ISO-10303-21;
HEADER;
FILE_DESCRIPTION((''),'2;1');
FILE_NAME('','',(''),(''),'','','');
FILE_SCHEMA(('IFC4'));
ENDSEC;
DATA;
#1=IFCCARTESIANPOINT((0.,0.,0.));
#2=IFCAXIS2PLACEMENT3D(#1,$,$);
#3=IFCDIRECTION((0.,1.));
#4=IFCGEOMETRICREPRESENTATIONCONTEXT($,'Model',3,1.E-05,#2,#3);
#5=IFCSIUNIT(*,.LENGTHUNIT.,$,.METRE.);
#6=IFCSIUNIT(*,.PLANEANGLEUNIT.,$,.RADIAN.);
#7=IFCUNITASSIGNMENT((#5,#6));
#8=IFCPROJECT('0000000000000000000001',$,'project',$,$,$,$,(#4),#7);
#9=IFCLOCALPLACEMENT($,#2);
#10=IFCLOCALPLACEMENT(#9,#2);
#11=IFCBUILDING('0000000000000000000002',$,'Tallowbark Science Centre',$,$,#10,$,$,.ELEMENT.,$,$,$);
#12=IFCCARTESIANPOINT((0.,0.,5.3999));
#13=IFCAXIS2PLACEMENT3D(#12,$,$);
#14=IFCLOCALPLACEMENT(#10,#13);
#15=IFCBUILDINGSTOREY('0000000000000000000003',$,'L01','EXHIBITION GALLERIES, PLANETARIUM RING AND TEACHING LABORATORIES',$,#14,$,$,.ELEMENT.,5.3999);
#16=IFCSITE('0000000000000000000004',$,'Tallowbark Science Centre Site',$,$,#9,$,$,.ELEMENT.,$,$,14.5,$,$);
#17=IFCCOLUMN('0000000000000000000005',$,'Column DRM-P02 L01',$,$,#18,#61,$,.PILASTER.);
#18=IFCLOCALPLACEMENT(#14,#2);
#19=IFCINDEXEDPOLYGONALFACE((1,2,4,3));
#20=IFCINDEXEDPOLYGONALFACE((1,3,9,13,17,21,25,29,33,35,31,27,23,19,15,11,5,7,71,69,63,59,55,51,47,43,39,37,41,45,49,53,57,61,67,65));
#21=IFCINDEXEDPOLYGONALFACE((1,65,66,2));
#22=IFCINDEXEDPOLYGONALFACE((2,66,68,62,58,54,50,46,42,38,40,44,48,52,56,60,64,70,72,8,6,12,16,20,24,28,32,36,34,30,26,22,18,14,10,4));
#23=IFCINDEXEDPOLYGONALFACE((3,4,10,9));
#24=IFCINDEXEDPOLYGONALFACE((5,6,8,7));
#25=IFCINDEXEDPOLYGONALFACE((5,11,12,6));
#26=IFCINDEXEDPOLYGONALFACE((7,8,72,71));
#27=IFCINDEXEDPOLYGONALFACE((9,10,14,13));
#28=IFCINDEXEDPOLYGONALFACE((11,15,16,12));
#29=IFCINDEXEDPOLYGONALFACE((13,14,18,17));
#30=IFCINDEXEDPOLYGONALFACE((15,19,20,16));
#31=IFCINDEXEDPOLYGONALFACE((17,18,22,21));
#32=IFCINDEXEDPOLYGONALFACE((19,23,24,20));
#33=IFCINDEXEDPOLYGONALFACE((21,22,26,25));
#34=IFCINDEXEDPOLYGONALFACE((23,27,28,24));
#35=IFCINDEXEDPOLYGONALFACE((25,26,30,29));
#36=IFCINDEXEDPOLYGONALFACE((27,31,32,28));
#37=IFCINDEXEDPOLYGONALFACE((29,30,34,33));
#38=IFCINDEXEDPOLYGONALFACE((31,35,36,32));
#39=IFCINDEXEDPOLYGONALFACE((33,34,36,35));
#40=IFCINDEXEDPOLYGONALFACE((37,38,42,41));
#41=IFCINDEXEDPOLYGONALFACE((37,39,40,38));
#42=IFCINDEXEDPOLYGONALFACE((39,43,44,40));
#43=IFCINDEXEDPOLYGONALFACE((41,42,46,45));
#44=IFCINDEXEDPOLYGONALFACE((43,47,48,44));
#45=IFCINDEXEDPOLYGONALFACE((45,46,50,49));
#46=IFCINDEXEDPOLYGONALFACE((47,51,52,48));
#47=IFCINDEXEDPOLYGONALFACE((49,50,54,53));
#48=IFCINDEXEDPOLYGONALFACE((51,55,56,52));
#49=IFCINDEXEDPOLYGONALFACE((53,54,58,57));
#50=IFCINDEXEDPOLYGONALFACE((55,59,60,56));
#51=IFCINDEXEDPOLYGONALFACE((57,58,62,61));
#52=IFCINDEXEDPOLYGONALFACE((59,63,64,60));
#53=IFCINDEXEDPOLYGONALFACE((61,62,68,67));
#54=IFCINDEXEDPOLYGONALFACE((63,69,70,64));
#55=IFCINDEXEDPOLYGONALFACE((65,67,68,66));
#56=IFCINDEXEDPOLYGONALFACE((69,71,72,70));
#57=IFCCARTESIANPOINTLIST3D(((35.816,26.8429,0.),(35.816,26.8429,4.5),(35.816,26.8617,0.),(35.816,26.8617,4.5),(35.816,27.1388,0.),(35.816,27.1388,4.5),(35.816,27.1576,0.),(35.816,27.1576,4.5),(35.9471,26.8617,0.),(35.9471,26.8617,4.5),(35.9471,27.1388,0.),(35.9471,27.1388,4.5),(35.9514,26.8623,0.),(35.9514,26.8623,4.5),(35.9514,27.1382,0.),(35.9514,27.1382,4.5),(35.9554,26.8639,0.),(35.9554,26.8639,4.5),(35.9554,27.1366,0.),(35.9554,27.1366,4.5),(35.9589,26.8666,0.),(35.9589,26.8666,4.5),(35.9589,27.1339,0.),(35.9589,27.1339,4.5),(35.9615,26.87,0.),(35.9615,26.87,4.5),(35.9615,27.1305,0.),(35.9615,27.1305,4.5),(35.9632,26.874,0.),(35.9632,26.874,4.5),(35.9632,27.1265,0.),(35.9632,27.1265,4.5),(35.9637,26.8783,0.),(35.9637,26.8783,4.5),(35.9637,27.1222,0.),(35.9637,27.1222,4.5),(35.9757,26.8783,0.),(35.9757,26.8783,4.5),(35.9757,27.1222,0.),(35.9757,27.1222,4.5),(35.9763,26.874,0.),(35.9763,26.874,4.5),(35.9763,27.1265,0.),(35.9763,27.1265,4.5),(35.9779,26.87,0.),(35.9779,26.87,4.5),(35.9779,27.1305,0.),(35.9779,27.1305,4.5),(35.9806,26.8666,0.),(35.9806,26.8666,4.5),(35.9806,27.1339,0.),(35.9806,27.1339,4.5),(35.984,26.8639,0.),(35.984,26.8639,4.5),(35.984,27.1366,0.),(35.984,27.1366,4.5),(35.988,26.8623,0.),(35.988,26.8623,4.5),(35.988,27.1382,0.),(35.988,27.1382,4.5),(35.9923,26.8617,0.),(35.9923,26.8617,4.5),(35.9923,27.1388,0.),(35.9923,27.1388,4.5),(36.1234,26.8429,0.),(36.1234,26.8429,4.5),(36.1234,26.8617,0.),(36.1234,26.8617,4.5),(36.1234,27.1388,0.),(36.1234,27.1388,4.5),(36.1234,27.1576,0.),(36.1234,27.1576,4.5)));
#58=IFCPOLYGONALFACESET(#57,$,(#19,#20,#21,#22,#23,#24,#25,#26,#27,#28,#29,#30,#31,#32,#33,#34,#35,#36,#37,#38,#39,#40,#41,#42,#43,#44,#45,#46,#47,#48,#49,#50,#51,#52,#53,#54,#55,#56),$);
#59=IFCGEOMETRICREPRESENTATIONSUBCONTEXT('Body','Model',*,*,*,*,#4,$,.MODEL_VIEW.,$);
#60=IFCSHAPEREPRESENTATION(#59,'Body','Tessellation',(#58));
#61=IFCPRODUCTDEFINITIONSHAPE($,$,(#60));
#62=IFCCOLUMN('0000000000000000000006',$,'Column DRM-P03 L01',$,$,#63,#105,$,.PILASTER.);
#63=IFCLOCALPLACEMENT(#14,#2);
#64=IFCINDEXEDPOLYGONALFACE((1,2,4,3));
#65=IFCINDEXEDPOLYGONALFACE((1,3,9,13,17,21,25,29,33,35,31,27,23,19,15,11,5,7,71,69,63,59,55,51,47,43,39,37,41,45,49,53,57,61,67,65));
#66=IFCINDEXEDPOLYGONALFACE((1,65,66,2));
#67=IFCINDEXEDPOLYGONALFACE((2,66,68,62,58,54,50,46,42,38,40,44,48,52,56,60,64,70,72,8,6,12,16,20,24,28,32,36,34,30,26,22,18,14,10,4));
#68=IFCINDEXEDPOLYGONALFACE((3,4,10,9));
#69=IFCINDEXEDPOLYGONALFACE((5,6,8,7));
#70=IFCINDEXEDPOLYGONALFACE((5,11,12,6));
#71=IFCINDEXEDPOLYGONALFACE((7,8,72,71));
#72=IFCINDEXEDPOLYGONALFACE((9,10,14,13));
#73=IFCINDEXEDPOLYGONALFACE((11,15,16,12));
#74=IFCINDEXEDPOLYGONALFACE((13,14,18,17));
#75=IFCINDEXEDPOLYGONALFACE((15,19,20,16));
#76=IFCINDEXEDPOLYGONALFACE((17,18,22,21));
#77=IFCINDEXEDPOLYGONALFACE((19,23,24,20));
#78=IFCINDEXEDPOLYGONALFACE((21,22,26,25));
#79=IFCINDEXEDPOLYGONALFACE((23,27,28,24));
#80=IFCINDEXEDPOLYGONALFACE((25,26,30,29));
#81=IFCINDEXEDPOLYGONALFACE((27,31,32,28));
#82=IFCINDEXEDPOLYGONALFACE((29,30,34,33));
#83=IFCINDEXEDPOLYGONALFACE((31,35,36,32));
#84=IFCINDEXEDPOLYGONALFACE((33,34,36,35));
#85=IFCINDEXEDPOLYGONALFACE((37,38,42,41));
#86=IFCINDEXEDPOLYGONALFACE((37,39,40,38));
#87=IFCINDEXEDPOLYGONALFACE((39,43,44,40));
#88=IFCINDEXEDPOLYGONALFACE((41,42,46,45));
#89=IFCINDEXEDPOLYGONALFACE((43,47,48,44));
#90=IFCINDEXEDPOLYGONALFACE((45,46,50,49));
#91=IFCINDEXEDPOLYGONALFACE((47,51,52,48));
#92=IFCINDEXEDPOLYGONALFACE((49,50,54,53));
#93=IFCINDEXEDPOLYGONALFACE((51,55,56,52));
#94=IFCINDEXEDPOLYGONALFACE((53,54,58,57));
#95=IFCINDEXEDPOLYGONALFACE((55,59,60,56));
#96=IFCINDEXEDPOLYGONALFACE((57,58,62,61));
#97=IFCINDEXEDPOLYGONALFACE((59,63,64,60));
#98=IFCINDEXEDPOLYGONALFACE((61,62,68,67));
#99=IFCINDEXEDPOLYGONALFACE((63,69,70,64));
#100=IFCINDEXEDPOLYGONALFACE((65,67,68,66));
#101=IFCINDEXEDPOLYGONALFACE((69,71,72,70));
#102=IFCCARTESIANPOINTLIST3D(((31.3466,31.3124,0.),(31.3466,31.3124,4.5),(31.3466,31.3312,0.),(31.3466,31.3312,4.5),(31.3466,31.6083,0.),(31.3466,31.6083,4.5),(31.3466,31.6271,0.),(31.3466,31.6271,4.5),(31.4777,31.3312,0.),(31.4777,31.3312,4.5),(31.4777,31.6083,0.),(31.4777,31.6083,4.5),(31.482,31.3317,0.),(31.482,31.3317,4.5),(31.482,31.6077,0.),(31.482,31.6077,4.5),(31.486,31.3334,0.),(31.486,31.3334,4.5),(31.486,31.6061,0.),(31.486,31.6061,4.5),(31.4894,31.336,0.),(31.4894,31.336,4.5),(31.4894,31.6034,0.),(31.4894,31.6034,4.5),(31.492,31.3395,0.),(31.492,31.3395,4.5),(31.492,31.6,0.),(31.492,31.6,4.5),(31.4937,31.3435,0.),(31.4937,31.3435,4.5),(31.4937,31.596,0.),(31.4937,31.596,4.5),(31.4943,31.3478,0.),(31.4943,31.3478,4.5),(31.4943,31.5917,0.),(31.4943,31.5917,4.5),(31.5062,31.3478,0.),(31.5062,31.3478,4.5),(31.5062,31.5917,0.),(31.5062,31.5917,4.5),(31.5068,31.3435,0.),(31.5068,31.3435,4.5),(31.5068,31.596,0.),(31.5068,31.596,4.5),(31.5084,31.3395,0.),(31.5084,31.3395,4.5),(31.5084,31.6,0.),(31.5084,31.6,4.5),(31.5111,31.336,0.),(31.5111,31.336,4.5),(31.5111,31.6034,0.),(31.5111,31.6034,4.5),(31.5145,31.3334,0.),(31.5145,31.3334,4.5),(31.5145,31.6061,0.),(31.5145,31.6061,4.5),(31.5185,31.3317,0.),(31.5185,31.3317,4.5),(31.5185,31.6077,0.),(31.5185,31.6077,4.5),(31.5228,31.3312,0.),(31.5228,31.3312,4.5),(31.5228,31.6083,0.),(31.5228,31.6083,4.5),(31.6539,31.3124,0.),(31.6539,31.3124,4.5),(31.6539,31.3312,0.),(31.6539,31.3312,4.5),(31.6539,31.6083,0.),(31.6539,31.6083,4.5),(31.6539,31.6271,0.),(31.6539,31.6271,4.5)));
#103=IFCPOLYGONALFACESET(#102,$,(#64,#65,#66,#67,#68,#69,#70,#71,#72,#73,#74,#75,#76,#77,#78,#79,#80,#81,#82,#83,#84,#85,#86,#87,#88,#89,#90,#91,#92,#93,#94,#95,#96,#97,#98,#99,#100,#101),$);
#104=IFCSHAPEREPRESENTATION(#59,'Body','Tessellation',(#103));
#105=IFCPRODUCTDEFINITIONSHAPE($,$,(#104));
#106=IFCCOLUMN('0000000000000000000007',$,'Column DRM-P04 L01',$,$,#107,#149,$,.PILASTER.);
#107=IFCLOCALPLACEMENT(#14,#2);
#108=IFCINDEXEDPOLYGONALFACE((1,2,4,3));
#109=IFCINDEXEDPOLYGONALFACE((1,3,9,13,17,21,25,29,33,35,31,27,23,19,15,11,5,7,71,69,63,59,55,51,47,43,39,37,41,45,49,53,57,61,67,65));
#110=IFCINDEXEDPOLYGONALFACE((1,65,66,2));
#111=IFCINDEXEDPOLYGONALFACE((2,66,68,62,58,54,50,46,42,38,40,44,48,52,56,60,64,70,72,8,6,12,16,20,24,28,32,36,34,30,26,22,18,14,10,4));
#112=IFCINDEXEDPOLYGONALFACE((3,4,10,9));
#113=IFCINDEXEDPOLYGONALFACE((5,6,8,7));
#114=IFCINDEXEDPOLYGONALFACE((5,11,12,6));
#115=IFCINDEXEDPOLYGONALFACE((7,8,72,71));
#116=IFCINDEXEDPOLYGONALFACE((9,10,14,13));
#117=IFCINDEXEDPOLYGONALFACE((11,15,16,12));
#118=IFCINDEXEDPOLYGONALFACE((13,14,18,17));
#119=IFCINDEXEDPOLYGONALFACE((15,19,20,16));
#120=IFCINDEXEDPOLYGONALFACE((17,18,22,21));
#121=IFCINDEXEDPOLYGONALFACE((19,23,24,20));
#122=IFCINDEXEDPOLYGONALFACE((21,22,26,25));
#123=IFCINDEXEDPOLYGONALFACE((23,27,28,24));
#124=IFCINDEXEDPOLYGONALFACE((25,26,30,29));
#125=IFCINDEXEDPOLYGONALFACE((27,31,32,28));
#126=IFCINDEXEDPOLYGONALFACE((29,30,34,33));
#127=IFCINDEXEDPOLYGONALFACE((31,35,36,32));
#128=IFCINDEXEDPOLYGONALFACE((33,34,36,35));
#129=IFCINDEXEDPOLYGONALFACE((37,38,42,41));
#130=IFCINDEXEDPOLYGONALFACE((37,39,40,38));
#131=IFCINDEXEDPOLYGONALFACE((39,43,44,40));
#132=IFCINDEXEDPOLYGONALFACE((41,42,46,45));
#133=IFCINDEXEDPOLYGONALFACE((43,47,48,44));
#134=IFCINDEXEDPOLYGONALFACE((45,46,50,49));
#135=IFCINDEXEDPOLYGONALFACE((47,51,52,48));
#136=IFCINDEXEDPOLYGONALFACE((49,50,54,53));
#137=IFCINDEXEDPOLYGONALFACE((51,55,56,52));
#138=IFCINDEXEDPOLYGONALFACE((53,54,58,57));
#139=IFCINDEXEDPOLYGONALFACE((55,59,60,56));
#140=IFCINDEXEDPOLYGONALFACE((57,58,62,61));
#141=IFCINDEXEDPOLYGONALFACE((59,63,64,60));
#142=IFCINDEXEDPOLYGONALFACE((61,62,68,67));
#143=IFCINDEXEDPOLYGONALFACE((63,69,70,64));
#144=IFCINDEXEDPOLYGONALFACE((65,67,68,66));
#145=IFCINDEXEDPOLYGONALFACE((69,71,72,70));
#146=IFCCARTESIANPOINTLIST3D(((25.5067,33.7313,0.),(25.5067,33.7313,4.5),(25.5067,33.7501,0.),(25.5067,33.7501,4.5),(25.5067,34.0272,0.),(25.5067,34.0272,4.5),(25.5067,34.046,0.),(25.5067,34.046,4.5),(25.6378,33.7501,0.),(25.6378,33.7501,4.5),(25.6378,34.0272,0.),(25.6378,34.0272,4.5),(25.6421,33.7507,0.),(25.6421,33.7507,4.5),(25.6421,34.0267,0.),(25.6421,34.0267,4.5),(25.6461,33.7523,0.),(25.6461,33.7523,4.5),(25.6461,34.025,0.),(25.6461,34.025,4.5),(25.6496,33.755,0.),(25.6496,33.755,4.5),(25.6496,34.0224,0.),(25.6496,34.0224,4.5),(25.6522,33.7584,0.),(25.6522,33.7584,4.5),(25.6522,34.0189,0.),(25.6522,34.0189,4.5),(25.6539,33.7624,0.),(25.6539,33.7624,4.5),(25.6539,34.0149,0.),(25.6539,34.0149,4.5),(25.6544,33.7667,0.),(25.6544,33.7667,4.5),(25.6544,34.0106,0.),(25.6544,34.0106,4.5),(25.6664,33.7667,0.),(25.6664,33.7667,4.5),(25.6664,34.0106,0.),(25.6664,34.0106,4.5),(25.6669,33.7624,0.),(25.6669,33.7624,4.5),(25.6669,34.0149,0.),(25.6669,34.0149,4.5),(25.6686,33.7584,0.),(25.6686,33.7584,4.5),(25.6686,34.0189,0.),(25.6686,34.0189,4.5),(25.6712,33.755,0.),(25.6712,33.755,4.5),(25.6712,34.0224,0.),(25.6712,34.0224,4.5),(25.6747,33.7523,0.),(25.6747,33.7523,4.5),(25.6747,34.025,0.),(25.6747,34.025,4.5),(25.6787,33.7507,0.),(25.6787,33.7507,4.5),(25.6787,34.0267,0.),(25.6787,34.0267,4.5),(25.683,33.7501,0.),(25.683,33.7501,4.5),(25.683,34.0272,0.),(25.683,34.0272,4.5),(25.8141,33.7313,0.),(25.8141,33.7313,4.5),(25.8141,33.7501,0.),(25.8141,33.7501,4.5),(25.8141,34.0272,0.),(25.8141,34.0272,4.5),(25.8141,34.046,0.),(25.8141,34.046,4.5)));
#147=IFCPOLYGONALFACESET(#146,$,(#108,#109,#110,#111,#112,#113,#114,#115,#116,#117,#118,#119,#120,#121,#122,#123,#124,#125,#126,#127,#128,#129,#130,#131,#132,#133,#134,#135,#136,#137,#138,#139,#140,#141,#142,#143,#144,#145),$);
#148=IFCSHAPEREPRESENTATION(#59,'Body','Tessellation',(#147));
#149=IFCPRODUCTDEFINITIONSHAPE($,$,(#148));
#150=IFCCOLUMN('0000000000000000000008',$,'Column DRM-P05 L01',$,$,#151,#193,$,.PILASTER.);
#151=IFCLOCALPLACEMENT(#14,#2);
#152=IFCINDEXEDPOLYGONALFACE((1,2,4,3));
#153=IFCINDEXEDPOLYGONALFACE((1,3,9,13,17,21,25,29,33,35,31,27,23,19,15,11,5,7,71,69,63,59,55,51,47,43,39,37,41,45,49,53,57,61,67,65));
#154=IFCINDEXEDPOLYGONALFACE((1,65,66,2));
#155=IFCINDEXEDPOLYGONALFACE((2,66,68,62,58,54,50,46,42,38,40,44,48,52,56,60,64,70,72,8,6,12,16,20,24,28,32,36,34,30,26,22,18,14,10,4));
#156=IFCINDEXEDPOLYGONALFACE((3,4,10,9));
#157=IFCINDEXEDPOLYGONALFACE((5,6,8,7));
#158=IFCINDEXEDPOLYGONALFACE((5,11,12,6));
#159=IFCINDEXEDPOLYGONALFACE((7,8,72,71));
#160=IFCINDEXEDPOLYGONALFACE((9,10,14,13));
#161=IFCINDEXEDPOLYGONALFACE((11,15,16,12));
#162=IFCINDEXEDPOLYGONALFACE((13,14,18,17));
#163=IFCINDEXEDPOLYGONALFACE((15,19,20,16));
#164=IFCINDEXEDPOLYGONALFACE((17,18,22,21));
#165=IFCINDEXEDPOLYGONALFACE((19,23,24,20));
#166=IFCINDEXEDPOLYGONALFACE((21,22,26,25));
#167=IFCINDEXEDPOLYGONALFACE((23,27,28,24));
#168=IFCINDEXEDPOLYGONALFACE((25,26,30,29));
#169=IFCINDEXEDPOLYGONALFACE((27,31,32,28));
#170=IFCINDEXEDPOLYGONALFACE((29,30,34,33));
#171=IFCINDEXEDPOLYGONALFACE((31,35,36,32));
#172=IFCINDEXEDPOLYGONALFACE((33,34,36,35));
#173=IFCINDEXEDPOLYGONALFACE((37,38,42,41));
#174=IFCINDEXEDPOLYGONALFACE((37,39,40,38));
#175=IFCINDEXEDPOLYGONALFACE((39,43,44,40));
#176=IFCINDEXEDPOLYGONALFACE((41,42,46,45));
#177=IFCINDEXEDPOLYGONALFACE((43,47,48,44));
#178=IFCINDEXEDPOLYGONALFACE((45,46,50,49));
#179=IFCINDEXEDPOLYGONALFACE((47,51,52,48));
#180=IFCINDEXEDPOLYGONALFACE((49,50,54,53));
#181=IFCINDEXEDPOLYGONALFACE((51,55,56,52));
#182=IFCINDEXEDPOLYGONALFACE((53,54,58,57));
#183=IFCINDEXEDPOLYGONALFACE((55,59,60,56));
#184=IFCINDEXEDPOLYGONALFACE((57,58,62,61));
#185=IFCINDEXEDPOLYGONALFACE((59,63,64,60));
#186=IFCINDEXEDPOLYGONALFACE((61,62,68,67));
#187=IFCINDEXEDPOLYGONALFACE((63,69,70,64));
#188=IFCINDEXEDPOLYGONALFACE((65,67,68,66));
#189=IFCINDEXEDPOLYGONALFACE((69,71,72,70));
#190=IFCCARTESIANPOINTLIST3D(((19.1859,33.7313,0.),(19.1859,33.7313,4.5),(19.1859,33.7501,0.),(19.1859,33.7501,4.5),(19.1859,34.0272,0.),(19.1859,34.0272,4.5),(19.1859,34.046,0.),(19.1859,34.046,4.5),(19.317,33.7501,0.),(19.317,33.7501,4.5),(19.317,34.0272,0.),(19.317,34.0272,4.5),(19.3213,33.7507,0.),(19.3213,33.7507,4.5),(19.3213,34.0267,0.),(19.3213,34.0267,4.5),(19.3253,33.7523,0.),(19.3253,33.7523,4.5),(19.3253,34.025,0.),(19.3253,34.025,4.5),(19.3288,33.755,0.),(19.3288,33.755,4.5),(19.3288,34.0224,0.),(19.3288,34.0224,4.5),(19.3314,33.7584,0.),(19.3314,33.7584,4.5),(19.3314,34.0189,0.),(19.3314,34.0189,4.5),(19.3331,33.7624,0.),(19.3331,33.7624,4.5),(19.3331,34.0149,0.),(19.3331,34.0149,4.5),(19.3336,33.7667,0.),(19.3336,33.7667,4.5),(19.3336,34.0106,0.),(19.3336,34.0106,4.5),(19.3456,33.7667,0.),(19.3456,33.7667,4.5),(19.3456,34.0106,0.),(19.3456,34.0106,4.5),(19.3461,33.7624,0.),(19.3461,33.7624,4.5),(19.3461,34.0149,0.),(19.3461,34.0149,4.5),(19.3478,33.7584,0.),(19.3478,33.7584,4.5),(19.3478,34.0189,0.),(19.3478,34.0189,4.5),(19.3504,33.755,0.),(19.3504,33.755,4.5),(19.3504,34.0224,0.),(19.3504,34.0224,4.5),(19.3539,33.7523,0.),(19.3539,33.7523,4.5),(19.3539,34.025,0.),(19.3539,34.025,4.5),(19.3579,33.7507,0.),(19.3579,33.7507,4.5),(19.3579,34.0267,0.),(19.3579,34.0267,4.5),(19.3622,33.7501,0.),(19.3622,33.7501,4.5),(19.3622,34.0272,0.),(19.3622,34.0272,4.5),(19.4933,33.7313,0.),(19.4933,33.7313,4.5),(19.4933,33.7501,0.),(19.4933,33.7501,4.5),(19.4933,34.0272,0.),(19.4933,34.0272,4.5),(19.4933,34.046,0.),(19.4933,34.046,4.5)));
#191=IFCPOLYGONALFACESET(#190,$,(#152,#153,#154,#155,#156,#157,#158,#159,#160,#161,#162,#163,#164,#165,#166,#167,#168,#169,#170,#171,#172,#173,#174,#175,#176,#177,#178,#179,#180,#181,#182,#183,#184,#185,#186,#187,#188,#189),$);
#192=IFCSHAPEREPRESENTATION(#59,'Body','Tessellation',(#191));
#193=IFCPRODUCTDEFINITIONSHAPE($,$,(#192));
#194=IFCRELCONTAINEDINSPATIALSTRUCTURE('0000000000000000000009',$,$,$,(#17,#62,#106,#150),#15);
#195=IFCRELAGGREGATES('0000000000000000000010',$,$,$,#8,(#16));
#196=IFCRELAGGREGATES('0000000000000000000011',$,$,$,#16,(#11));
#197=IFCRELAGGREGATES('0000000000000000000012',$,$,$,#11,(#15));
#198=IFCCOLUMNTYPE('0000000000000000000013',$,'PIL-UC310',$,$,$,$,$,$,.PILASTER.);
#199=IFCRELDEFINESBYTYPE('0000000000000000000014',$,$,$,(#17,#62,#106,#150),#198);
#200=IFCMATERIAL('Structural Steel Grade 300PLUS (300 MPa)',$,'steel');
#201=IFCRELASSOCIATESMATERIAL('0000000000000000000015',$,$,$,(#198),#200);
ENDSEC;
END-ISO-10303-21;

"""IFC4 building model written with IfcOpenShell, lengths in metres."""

from ifc_helpers import new_model, si_unit, direction, frame, origin, origin_2d, place, context, subcontext, project, spatial, i_section, extrude, material, material_profile, profile_set, type_object, element, save


model = new_model("IFC4")

# Units and contexts
model_context = context("Model", 3, precision=1e-05, world=origin(), true_north=direction((0.0, 1.0)))
body_context = subcontext(model_context, "Body", "Model", "MODEL_VIEW")
ifc_project = project(units=[si_unit("LENGTHUNIT", "METRE"), si_unit("PLANEANGLEUNIT", "RADIAN")], contexts=[model_context])

# Site, building, storey
site_placement = place(None, origin())
site = spatial("IfcSite", under=ifc_project, at=site_placement, Name="Tallowbark Science Centre Site", CompositionType="ELEMENT", RefElevation=14.5)
building_placement = place(site_placement, origin())
building = spatial("IfcBuilding", under=site, at=building_placement, Name="Tallowbark Science Centre", CompositionType="ELEMENT")
storey_placement = place(building_placement, frame((0.0, 0.0, 5.3999)))
storey = spatial("IfcBuildingStorey", under=building, at=storey_placement, Name="L01", Description="EXHIBITION GALLERIES, PLANETARIUM RING AND TEACHING LABORATORIES", CompositionType="ELEMENT", Elevation=5.3999)

# Columns
ifc_material_1 = material(Name="Structural Steel Grade 300PLUS (300 MPa)", Category="steel")
ifc_material_profile_1 = material_profile(ifc_material_1, i_section(OverallWidth=0.3074, OverallDepth=0.3147, WebThickness=0.012, FlangeThickness=0.0188, FilletRadius=0.0166, at=origin_2d()), Name="310UC118")
ifc_profile_set_1 = profile_set([ifc_material_profile_1], Name="Structural Steel Grade 300PLUS (300 MPa)")
column_type_1 = type_object("IfcColumnType", Name="PIL-UC310", PredefinedType="PILASTER", material=ifc_profile_set_1)
for number, where, z_axis, x_axis, name in (
    (1, (35.9697, 27.0002, 0.0), (0.0, 0.0, 1.0), (1.0, 0.0, 0.0), "Column DRM-P02 L01"),
    (2, (31.5002, 31.4697, 0.0), (0.0, 0.0, 1.0), (1.0, 0.0, 0.0), "Column DRM-P03 L01"),
    (3, (25.6604, 33.8887, 0.0), (0.0, 0.0, 1.0), (1.0, 0.0, 0.0), "Column DRM-P04 L01"),
    (4, (19.3396, 33.8887, 0.0), (0.0, 0.0, 1.0), (1.0, 0.0, 0.0), "Column DRM-P05 L01"),
):
    element("IfcColumn", number, at=place(storey_placement, frame(where, z_axis=z_axis, x_axis=x_axis)), inside=storey, type_object=column_type_1, Name=name, PredefinedType="PILASTER", context=body_context, shape_type="SweptSolid", body=[
        extrude(i_section(OverallWidth=0.3074, OverallDepth=0.3147, WebThickness=0.012, FlangeThickness=0.0188, FilletRadius=0.0166, at=origin_2d()), origin(), (0.0, 0.0, 1.0), 4.5),
    ])

save(model, "model.ifc")
